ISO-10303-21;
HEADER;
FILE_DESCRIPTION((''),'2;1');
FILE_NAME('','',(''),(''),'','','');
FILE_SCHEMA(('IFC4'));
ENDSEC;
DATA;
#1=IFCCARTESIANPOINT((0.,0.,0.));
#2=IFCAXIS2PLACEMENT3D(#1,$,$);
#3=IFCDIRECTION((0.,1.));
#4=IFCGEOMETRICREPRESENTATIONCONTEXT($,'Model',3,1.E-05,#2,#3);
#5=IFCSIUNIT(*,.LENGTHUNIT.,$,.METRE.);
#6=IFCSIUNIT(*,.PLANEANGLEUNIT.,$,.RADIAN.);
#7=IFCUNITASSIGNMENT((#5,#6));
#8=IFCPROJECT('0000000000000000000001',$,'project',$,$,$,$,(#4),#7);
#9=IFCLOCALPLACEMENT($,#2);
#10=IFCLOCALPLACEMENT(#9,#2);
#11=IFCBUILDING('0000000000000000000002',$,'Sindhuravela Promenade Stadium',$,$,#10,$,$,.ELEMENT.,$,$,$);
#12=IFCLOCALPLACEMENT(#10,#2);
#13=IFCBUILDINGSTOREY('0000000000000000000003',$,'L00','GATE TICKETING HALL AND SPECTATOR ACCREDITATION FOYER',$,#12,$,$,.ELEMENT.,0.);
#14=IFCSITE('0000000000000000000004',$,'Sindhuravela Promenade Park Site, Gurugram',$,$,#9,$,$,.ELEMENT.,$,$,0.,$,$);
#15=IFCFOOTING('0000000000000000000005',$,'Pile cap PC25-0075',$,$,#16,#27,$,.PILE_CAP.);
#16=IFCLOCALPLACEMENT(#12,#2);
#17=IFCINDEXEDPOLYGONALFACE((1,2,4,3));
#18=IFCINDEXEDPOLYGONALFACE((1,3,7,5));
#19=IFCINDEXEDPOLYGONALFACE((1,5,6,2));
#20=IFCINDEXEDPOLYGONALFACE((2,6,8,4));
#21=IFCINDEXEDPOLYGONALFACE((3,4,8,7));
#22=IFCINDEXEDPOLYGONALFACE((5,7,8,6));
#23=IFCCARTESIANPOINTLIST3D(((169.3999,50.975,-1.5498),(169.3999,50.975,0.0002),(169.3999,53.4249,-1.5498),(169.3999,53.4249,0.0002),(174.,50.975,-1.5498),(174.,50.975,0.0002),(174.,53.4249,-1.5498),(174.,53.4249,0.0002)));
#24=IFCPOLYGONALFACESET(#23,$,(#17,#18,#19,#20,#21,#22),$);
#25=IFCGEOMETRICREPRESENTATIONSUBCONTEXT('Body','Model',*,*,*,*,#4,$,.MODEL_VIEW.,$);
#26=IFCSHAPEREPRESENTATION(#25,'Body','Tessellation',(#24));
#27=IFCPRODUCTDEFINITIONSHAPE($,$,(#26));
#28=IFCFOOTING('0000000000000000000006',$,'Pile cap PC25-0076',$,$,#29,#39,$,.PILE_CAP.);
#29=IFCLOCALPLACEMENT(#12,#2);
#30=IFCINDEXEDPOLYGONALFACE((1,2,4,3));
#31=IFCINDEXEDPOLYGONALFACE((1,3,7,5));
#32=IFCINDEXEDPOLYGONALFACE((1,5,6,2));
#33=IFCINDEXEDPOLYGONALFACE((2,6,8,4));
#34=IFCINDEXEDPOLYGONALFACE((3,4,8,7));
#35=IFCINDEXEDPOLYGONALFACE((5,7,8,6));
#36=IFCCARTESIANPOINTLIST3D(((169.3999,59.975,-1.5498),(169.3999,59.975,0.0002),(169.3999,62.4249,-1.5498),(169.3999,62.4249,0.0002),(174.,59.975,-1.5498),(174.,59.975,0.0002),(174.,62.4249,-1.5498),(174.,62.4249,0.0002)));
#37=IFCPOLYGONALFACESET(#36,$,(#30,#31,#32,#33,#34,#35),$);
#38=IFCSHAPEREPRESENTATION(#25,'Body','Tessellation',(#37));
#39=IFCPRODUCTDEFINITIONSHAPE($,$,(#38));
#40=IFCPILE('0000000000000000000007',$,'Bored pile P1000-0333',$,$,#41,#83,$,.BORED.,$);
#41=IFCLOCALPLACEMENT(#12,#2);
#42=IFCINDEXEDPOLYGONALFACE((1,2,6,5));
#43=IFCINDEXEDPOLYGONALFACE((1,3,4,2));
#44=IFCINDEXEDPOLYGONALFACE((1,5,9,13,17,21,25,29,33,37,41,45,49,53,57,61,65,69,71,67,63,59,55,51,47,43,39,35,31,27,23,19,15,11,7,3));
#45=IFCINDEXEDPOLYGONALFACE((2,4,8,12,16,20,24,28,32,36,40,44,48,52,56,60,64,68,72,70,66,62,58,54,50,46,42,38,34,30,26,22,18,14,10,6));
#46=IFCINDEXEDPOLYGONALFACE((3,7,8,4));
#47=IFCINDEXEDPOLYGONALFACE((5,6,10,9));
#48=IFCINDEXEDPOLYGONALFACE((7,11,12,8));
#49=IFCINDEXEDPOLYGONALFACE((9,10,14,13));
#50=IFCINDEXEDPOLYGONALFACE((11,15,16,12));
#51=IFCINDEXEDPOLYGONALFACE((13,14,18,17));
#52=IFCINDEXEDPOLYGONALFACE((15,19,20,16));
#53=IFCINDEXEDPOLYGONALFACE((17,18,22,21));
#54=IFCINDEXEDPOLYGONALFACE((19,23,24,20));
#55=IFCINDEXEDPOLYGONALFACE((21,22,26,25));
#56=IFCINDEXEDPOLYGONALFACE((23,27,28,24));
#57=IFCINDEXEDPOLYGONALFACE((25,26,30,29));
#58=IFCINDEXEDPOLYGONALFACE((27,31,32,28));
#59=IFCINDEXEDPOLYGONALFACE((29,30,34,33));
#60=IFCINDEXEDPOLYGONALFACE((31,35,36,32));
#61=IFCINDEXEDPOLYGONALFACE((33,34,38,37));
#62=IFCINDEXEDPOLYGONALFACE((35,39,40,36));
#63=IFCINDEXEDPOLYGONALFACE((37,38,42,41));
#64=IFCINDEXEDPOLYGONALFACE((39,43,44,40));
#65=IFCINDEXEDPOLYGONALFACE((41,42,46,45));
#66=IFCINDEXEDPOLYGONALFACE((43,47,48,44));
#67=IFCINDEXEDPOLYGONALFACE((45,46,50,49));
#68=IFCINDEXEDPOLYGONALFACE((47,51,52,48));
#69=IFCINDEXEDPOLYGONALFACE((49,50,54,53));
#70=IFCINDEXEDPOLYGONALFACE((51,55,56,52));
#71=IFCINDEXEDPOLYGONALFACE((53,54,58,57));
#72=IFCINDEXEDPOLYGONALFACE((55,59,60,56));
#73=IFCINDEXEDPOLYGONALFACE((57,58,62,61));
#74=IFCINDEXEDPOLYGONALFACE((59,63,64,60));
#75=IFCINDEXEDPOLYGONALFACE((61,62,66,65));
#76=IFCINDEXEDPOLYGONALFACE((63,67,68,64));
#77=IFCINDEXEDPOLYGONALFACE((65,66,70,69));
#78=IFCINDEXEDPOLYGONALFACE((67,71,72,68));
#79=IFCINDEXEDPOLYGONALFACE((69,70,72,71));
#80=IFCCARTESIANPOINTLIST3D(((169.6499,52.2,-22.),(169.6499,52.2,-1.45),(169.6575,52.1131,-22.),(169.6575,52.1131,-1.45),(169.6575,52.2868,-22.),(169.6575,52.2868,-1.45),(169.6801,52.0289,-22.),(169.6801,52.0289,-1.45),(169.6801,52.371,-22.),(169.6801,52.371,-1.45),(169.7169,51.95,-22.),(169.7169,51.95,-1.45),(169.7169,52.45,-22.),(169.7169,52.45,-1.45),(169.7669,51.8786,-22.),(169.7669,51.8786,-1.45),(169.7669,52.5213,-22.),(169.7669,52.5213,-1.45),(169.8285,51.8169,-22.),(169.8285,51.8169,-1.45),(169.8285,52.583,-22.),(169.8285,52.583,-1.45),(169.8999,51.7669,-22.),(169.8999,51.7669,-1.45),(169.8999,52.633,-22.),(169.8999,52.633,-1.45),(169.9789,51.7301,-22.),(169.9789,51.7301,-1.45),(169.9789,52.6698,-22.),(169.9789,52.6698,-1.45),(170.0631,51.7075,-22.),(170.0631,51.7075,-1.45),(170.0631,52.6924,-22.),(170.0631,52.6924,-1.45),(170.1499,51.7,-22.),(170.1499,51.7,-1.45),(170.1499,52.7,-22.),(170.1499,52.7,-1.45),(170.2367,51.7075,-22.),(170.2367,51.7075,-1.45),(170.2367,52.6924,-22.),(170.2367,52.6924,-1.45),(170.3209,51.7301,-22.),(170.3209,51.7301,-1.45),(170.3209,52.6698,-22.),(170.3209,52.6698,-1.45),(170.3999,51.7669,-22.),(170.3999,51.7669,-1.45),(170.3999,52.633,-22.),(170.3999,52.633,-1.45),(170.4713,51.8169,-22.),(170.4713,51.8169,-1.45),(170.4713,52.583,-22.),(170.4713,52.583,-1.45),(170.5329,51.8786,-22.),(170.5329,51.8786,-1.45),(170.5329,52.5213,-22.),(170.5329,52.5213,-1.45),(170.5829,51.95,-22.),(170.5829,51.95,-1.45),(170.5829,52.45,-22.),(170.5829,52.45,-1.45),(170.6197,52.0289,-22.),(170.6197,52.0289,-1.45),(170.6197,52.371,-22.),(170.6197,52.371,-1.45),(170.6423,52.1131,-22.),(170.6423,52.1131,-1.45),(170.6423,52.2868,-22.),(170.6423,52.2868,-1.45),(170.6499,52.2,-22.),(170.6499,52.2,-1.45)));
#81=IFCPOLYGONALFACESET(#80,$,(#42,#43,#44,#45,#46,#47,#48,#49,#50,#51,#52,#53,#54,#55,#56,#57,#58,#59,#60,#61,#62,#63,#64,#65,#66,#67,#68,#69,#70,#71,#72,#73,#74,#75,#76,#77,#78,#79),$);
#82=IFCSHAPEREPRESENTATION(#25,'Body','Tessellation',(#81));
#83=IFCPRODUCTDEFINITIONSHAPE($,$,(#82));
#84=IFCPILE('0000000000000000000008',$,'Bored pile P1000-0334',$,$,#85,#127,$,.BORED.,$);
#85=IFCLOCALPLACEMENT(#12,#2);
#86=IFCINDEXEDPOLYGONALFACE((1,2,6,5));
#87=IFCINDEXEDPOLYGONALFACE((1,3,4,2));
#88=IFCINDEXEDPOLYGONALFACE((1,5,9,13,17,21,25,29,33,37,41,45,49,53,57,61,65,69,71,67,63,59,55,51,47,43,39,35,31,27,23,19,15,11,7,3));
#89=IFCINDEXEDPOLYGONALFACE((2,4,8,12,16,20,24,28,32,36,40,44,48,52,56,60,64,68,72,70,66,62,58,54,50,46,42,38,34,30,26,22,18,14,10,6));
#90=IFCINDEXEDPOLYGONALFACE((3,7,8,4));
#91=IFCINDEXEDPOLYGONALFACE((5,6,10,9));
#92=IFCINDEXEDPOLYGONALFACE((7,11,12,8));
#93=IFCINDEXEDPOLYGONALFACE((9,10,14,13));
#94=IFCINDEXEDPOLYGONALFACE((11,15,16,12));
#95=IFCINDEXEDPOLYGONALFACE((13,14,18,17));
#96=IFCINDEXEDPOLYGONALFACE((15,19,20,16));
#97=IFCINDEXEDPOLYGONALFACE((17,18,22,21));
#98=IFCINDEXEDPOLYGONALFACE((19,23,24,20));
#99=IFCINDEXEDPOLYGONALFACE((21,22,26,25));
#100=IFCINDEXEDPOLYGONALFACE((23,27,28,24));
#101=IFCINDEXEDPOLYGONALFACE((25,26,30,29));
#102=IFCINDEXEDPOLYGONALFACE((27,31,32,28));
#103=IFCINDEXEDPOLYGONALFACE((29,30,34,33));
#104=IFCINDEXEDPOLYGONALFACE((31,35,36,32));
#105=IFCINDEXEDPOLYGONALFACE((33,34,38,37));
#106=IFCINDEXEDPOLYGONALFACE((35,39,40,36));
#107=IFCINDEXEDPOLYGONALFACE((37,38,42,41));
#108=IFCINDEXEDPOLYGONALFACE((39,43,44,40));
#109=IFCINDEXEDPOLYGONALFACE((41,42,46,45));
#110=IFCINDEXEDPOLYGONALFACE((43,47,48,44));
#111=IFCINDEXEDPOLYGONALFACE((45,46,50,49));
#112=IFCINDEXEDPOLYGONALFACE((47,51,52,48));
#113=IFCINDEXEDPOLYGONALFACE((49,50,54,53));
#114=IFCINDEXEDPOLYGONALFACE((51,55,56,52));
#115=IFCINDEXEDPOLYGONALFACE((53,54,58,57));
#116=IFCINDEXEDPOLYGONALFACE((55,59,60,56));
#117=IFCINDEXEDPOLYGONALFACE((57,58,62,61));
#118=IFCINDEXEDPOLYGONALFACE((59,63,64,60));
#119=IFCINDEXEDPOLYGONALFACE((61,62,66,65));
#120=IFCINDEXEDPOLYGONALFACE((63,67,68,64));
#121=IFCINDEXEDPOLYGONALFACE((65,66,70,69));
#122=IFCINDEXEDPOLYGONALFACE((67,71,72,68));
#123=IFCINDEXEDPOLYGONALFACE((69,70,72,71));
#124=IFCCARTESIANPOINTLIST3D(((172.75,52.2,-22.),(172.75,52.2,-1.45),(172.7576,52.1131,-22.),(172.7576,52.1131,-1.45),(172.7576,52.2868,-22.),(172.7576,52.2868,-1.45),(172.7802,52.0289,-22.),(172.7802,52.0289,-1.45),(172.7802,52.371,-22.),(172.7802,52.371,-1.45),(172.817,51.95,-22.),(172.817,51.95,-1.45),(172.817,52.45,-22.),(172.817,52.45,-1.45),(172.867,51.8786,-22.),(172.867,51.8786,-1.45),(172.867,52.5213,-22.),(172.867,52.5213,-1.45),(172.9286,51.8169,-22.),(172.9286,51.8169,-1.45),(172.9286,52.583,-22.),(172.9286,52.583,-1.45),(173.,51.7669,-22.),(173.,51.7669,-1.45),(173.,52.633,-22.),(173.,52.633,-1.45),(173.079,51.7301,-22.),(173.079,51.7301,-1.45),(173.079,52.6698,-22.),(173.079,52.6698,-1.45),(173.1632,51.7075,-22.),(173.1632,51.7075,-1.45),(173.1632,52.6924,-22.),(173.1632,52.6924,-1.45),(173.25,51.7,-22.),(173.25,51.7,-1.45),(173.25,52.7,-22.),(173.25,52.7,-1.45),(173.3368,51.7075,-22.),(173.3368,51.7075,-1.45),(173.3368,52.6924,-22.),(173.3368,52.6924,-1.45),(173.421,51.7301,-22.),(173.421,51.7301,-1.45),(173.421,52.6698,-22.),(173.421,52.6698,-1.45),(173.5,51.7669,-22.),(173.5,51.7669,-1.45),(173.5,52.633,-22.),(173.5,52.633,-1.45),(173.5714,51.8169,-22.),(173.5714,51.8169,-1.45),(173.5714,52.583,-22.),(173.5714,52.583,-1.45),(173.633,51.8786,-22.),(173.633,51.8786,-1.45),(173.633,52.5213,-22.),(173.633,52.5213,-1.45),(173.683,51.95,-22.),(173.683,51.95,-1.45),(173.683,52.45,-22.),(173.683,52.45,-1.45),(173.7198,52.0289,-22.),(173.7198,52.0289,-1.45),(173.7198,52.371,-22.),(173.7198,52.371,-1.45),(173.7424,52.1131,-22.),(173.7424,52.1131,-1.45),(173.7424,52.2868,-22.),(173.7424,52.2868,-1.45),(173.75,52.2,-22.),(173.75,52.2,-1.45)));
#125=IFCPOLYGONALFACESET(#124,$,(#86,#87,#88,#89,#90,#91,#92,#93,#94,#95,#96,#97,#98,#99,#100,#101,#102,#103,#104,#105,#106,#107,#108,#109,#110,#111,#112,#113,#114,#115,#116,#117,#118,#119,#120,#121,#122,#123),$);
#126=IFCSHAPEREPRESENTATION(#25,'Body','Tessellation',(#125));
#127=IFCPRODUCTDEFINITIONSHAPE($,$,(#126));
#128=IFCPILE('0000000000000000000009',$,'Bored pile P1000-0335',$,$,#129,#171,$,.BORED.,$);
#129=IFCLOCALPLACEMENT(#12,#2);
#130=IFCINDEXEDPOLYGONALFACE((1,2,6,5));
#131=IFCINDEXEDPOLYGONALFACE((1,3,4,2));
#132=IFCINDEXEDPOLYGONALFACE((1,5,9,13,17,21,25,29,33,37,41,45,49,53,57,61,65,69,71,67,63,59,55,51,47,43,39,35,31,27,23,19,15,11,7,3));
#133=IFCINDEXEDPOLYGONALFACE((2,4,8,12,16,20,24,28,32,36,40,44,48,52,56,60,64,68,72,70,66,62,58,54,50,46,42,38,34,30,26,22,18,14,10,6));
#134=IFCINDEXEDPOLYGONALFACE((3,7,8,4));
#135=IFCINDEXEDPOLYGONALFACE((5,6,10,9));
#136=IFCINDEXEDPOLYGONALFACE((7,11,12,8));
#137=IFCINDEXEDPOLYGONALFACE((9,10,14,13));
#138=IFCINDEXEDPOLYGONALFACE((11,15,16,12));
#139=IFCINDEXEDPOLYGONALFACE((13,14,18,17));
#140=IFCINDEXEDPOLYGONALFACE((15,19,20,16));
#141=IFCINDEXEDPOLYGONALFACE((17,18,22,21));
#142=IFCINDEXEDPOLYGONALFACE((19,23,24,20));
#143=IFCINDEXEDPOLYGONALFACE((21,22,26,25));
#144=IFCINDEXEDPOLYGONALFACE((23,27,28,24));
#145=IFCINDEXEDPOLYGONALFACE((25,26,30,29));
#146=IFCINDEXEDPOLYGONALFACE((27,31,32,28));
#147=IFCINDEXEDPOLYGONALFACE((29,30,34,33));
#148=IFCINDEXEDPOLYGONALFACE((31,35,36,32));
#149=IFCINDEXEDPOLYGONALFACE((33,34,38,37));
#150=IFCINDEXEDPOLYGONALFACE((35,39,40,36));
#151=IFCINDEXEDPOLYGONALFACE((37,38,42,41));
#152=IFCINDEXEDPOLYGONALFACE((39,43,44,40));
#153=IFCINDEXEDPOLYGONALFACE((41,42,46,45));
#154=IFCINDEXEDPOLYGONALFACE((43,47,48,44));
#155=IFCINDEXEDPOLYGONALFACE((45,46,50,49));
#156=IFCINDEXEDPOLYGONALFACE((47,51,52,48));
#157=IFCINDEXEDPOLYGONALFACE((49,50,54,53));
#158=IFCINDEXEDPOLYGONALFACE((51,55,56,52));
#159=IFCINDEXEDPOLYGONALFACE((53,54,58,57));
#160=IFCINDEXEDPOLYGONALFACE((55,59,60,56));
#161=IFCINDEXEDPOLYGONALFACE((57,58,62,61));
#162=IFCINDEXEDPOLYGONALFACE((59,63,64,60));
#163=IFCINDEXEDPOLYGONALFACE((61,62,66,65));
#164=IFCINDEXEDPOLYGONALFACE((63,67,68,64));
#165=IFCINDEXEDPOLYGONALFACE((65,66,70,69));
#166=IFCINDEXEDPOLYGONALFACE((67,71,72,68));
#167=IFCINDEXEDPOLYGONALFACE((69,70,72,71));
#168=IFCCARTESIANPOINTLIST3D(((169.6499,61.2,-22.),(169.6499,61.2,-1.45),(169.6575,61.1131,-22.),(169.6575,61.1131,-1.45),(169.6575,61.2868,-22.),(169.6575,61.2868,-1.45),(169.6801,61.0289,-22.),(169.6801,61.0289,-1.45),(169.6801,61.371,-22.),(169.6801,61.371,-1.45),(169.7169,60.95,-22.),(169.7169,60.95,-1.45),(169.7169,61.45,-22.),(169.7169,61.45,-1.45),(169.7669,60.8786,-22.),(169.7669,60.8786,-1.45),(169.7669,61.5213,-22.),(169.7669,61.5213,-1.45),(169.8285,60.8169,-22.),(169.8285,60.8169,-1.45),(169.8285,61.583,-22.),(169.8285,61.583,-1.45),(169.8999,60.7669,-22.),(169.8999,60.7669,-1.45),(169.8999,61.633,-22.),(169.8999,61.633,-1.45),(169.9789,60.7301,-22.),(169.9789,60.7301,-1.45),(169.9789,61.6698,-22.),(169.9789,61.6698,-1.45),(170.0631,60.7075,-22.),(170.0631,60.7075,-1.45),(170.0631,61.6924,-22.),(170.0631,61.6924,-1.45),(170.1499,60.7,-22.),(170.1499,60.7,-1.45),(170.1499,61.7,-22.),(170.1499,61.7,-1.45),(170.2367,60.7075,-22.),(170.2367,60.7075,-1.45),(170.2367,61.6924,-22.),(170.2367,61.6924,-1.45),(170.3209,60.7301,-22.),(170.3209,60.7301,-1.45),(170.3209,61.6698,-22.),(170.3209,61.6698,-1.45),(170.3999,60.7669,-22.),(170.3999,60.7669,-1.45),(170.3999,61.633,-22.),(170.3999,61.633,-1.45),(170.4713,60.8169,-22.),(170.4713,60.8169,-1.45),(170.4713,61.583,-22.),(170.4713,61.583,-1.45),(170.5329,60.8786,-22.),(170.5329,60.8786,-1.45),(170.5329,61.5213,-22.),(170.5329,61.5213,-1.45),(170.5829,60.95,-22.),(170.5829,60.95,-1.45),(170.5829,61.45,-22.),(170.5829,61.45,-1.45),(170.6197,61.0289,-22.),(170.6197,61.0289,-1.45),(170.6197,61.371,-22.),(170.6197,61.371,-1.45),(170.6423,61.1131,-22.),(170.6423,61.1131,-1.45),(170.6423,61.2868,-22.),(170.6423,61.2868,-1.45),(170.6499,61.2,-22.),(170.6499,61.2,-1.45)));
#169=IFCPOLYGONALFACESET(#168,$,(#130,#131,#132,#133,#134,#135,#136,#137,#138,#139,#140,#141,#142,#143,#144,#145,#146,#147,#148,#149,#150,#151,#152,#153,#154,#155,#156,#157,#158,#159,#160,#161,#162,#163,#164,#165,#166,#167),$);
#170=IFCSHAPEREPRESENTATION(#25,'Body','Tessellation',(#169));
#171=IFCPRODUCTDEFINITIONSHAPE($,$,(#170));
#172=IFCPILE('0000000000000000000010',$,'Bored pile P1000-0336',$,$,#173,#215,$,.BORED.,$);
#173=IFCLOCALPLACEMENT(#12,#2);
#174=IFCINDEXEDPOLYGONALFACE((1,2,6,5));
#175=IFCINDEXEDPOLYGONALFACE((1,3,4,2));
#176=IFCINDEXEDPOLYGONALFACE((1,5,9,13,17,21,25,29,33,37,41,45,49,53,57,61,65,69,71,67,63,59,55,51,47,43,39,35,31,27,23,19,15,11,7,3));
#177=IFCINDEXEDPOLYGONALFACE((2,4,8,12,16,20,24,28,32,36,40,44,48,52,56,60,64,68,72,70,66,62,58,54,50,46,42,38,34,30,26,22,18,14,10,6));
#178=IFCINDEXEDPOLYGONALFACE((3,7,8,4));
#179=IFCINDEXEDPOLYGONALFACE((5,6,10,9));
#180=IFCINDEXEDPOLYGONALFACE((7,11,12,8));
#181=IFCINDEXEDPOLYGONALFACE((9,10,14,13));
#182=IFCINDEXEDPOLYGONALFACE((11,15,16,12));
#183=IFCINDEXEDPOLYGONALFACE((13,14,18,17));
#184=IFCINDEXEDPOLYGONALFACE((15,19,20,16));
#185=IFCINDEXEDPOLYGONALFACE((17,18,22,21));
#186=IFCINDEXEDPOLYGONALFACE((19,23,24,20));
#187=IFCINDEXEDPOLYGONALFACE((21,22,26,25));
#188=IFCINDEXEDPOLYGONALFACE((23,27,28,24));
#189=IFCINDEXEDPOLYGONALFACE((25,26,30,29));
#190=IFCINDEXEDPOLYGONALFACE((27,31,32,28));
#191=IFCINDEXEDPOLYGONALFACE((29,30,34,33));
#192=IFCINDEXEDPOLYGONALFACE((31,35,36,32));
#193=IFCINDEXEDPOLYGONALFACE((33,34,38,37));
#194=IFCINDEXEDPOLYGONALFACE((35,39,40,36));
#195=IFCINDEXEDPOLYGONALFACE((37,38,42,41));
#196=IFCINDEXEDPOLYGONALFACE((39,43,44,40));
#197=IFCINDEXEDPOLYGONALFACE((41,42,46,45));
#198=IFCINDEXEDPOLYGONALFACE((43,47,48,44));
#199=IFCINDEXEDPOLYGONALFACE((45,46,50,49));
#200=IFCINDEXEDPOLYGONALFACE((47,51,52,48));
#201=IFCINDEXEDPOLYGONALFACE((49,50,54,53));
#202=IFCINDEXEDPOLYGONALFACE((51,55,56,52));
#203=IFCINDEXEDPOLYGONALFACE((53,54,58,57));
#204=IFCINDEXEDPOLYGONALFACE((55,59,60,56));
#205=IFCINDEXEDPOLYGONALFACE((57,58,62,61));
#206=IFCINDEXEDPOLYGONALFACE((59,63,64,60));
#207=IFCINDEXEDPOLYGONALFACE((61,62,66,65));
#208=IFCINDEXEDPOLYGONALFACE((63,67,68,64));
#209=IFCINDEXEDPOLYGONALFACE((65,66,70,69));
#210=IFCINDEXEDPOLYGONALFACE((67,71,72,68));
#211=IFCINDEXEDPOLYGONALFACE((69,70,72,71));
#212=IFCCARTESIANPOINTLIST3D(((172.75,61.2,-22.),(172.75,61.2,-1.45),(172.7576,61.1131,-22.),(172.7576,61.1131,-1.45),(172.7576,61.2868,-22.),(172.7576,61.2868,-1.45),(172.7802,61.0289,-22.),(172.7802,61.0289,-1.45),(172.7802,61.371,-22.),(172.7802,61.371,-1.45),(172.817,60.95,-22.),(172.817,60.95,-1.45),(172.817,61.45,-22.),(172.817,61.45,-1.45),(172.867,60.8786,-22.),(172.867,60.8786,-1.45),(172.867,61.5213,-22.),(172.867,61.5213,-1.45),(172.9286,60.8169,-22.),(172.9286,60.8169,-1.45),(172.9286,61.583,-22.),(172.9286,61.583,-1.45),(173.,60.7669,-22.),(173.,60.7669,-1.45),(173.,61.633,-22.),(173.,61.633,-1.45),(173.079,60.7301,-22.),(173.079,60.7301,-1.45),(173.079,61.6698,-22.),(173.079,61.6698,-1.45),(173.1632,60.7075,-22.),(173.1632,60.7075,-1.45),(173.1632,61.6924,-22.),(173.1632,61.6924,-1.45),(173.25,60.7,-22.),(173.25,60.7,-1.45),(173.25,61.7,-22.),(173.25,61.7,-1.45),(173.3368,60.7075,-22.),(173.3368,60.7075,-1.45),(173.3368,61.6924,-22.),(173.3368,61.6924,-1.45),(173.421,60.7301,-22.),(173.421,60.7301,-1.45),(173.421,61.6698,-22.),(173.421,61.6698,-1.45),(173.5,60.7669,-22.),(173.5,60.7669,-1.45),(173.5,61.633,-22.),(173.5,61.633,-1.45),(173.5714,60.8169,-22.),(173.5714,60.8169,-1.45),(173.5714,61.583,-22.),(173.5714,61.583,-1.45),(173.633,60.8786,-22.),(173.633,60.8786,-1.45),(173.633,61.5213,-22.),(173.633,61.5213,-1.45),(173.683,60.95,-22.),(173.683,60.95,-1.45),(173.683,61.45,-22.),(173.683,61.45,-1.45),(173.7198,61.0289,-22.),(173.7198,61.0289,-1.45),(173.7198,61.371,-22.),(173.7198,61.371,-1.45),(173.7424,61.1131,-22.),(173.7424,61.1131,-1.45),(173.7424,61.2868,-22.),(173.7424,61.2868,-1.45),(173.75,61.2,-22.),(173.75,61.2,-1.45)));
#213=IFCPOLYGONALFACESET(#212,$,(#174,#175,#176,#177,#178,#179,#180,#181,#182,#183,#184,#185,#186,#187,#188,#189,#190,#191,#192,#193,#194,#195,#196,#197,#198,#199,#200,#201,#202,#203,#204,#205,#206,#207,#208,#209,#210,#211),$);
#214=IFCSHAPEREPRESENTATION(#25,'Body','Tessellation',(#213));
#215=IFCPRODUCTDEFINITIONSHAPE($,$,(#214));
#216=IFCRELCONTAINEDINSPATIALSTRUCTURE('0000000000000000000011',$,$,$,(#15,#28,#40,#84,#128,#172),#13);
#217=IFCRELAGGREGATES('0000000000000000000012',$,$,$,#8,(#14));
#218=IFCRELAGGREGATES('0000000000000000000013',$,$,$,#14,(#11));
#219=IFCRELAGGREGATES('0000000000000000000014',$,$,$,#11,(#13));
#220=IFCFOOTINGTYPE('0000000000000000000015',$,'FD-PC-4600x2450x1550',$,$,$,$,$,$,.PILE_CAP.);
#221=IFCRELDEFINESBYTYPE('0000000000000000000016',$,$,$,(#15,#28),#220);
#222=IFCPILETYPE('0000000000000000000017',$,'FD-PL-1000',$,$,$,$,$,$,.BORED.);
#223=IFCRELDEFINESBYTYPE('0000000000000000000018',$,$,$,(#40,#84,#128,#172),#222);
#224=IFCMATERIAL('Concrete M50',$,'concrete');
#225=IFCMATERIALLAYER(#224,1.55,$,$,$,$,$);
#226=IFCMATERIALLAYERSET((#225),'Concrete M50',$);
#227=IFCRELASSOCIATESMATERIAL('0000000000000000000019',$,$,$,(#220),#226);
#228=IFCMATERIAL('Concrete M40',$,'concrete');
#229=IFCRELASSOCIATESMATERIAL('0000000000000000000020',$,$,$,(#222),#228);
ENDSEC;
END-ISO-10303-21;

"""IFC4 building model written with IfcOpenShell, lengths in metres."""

from ifc_helpers import new_model, si_unit, direction, frame, origin, origin_2d, place, context, subcontext, project, spatial, rectangle, circle, extrude, material, layer, layer_set, material_profile, profile_set, type_object, element, save


model = new_model("IFC4")

# Units and contexts
model_context = context("Model", 3, precision=1e-05, world=origin(), true_north=direction((0.0, 1.0)))
body_context = subcontext(model_context, "Body", "Model", "MODEL_VIEW")
ifc_project = project(units=[si_unit("LENGTHUNIT", "METRE"), si_unit("PLANEANGLEUNIT", "RADIAN")], contexts=[model_context])

# Site, building, storey
site_placement = place(None, origin())
site = spatial("IfcSite", under=ifc_project, at=site_placement, Name="Sindhuravela Promenade Park Site, Gurugram", CompositionType="ELEMENT", RefElevation=0.0)
building_placement = place(site_placement, origin())
building = spatial("IfcBuilding", under=site, at=building_placement, Name="Sindhuravela Promenade Stadium", CompositionType="ELEMENT")
storey_placement = place(building_placement, origin())
storey = spatial("IfcBuildingStorey", under=building, at=storey_placement, Name="L00", Description="GATE TICKETING HALL AND SPECTATOR ACCREDITATION FOYER", CompositionType="ELEMENT", Elevation=0.0)

# Footings
ifc_material_1 = material(Name="Concrete M50", Category="concrete")
ifc_layer_1 = layer(ifc_material_1, 1.55)
ifc_layer_set_1 = layer_set([ifc_layer_1], Name="Concrete M50")
footing_type = type_object("IfcFootingType", Name="FD-PC-4600x2450x1550", PredefinedType="PILE_CAP", material=ifc_layer_set_1)
for number, where, z_axis, x_axis, name in (
    (1, (171.7, 52.2, -1.5498), (0.0, 0.0, 1.0), (1.0, 0.0, 0.0), "Pile cap PC25-0075"),
    (2, (171.7, 61.2, -1.5498), (0.0, 0.0, 1.0), (1.0, 0.0, 0.0), "Pile cap PC25-0076"),
):
    element("IfcFooting", number, at=place(storey_placement, frame(where, z_axis=z_axis, x_axis=x_axis)), inside=storey, type_object=footing_type, Name=name, PredefinedType="PILE_CAP", context=body_context, shape_type="SweptSolid", body=[
        extrude(rectangle(XDim=4.6001, YDim=2.45, at=origin_2d()), origin(), (0.0, 0.0, 1.0), 1.55),
    ])

# Piles
ifc_material_2 = material(Name="Concrete M40", Category="concrete")
ifc_material_profile_1 = material_profile(ifc_material_2, circle(Radius=0.5, at=origin_2d()), Name="BORED PILE D1000")
ifc_profile_set_1 = profile_set([ifc_material_profile_1], Name="Concrete M40")
pile_type = type_object("IfcPileType", Name="FD-PL-1000", PredefinedType="BORED", material=ifc_profile_set_1)
for number, where, z_axis, x_axis, name in (
    (3, (170.1499, 52.2, -1.45), (0.0, 0.0, -1.0), (1.0, 0.0, 0.0), "Bored pile P1000-0333"),
    (4, (173.25, 52.2, -1.45), (0.0, 0.0, -1.0), (1.0, 0.0, 0.0), "Bored pile P1000-0334"),
    (5, (170.1499, 61.2, -1.45), (0.0, 0.0, -1.0), (1.0, 0.0, 0.0), "Bored pile P1000-0335"),
    (6, (173.25, 61.2, -1.45), (0.0, 0.0, -1.0), (1.0, 0.0, 0.0), "Bored pile P1000-0336"),
):
    element("IfcPile", number, at=place(storey_placement, frame(where, z_axis=z_axis, x_axis=x_axis)), inside=storey, type_object=pile_type, Name=name, PredefinedType="BORED", context=body_context, shape_type="SweptSolid", body=[
        extrude(circle(Radius=0.5, at=origin_2d()), origin(), (0.0, 0.0, 1.0), 20.55),
    ])

save(model, "model.ifc")
